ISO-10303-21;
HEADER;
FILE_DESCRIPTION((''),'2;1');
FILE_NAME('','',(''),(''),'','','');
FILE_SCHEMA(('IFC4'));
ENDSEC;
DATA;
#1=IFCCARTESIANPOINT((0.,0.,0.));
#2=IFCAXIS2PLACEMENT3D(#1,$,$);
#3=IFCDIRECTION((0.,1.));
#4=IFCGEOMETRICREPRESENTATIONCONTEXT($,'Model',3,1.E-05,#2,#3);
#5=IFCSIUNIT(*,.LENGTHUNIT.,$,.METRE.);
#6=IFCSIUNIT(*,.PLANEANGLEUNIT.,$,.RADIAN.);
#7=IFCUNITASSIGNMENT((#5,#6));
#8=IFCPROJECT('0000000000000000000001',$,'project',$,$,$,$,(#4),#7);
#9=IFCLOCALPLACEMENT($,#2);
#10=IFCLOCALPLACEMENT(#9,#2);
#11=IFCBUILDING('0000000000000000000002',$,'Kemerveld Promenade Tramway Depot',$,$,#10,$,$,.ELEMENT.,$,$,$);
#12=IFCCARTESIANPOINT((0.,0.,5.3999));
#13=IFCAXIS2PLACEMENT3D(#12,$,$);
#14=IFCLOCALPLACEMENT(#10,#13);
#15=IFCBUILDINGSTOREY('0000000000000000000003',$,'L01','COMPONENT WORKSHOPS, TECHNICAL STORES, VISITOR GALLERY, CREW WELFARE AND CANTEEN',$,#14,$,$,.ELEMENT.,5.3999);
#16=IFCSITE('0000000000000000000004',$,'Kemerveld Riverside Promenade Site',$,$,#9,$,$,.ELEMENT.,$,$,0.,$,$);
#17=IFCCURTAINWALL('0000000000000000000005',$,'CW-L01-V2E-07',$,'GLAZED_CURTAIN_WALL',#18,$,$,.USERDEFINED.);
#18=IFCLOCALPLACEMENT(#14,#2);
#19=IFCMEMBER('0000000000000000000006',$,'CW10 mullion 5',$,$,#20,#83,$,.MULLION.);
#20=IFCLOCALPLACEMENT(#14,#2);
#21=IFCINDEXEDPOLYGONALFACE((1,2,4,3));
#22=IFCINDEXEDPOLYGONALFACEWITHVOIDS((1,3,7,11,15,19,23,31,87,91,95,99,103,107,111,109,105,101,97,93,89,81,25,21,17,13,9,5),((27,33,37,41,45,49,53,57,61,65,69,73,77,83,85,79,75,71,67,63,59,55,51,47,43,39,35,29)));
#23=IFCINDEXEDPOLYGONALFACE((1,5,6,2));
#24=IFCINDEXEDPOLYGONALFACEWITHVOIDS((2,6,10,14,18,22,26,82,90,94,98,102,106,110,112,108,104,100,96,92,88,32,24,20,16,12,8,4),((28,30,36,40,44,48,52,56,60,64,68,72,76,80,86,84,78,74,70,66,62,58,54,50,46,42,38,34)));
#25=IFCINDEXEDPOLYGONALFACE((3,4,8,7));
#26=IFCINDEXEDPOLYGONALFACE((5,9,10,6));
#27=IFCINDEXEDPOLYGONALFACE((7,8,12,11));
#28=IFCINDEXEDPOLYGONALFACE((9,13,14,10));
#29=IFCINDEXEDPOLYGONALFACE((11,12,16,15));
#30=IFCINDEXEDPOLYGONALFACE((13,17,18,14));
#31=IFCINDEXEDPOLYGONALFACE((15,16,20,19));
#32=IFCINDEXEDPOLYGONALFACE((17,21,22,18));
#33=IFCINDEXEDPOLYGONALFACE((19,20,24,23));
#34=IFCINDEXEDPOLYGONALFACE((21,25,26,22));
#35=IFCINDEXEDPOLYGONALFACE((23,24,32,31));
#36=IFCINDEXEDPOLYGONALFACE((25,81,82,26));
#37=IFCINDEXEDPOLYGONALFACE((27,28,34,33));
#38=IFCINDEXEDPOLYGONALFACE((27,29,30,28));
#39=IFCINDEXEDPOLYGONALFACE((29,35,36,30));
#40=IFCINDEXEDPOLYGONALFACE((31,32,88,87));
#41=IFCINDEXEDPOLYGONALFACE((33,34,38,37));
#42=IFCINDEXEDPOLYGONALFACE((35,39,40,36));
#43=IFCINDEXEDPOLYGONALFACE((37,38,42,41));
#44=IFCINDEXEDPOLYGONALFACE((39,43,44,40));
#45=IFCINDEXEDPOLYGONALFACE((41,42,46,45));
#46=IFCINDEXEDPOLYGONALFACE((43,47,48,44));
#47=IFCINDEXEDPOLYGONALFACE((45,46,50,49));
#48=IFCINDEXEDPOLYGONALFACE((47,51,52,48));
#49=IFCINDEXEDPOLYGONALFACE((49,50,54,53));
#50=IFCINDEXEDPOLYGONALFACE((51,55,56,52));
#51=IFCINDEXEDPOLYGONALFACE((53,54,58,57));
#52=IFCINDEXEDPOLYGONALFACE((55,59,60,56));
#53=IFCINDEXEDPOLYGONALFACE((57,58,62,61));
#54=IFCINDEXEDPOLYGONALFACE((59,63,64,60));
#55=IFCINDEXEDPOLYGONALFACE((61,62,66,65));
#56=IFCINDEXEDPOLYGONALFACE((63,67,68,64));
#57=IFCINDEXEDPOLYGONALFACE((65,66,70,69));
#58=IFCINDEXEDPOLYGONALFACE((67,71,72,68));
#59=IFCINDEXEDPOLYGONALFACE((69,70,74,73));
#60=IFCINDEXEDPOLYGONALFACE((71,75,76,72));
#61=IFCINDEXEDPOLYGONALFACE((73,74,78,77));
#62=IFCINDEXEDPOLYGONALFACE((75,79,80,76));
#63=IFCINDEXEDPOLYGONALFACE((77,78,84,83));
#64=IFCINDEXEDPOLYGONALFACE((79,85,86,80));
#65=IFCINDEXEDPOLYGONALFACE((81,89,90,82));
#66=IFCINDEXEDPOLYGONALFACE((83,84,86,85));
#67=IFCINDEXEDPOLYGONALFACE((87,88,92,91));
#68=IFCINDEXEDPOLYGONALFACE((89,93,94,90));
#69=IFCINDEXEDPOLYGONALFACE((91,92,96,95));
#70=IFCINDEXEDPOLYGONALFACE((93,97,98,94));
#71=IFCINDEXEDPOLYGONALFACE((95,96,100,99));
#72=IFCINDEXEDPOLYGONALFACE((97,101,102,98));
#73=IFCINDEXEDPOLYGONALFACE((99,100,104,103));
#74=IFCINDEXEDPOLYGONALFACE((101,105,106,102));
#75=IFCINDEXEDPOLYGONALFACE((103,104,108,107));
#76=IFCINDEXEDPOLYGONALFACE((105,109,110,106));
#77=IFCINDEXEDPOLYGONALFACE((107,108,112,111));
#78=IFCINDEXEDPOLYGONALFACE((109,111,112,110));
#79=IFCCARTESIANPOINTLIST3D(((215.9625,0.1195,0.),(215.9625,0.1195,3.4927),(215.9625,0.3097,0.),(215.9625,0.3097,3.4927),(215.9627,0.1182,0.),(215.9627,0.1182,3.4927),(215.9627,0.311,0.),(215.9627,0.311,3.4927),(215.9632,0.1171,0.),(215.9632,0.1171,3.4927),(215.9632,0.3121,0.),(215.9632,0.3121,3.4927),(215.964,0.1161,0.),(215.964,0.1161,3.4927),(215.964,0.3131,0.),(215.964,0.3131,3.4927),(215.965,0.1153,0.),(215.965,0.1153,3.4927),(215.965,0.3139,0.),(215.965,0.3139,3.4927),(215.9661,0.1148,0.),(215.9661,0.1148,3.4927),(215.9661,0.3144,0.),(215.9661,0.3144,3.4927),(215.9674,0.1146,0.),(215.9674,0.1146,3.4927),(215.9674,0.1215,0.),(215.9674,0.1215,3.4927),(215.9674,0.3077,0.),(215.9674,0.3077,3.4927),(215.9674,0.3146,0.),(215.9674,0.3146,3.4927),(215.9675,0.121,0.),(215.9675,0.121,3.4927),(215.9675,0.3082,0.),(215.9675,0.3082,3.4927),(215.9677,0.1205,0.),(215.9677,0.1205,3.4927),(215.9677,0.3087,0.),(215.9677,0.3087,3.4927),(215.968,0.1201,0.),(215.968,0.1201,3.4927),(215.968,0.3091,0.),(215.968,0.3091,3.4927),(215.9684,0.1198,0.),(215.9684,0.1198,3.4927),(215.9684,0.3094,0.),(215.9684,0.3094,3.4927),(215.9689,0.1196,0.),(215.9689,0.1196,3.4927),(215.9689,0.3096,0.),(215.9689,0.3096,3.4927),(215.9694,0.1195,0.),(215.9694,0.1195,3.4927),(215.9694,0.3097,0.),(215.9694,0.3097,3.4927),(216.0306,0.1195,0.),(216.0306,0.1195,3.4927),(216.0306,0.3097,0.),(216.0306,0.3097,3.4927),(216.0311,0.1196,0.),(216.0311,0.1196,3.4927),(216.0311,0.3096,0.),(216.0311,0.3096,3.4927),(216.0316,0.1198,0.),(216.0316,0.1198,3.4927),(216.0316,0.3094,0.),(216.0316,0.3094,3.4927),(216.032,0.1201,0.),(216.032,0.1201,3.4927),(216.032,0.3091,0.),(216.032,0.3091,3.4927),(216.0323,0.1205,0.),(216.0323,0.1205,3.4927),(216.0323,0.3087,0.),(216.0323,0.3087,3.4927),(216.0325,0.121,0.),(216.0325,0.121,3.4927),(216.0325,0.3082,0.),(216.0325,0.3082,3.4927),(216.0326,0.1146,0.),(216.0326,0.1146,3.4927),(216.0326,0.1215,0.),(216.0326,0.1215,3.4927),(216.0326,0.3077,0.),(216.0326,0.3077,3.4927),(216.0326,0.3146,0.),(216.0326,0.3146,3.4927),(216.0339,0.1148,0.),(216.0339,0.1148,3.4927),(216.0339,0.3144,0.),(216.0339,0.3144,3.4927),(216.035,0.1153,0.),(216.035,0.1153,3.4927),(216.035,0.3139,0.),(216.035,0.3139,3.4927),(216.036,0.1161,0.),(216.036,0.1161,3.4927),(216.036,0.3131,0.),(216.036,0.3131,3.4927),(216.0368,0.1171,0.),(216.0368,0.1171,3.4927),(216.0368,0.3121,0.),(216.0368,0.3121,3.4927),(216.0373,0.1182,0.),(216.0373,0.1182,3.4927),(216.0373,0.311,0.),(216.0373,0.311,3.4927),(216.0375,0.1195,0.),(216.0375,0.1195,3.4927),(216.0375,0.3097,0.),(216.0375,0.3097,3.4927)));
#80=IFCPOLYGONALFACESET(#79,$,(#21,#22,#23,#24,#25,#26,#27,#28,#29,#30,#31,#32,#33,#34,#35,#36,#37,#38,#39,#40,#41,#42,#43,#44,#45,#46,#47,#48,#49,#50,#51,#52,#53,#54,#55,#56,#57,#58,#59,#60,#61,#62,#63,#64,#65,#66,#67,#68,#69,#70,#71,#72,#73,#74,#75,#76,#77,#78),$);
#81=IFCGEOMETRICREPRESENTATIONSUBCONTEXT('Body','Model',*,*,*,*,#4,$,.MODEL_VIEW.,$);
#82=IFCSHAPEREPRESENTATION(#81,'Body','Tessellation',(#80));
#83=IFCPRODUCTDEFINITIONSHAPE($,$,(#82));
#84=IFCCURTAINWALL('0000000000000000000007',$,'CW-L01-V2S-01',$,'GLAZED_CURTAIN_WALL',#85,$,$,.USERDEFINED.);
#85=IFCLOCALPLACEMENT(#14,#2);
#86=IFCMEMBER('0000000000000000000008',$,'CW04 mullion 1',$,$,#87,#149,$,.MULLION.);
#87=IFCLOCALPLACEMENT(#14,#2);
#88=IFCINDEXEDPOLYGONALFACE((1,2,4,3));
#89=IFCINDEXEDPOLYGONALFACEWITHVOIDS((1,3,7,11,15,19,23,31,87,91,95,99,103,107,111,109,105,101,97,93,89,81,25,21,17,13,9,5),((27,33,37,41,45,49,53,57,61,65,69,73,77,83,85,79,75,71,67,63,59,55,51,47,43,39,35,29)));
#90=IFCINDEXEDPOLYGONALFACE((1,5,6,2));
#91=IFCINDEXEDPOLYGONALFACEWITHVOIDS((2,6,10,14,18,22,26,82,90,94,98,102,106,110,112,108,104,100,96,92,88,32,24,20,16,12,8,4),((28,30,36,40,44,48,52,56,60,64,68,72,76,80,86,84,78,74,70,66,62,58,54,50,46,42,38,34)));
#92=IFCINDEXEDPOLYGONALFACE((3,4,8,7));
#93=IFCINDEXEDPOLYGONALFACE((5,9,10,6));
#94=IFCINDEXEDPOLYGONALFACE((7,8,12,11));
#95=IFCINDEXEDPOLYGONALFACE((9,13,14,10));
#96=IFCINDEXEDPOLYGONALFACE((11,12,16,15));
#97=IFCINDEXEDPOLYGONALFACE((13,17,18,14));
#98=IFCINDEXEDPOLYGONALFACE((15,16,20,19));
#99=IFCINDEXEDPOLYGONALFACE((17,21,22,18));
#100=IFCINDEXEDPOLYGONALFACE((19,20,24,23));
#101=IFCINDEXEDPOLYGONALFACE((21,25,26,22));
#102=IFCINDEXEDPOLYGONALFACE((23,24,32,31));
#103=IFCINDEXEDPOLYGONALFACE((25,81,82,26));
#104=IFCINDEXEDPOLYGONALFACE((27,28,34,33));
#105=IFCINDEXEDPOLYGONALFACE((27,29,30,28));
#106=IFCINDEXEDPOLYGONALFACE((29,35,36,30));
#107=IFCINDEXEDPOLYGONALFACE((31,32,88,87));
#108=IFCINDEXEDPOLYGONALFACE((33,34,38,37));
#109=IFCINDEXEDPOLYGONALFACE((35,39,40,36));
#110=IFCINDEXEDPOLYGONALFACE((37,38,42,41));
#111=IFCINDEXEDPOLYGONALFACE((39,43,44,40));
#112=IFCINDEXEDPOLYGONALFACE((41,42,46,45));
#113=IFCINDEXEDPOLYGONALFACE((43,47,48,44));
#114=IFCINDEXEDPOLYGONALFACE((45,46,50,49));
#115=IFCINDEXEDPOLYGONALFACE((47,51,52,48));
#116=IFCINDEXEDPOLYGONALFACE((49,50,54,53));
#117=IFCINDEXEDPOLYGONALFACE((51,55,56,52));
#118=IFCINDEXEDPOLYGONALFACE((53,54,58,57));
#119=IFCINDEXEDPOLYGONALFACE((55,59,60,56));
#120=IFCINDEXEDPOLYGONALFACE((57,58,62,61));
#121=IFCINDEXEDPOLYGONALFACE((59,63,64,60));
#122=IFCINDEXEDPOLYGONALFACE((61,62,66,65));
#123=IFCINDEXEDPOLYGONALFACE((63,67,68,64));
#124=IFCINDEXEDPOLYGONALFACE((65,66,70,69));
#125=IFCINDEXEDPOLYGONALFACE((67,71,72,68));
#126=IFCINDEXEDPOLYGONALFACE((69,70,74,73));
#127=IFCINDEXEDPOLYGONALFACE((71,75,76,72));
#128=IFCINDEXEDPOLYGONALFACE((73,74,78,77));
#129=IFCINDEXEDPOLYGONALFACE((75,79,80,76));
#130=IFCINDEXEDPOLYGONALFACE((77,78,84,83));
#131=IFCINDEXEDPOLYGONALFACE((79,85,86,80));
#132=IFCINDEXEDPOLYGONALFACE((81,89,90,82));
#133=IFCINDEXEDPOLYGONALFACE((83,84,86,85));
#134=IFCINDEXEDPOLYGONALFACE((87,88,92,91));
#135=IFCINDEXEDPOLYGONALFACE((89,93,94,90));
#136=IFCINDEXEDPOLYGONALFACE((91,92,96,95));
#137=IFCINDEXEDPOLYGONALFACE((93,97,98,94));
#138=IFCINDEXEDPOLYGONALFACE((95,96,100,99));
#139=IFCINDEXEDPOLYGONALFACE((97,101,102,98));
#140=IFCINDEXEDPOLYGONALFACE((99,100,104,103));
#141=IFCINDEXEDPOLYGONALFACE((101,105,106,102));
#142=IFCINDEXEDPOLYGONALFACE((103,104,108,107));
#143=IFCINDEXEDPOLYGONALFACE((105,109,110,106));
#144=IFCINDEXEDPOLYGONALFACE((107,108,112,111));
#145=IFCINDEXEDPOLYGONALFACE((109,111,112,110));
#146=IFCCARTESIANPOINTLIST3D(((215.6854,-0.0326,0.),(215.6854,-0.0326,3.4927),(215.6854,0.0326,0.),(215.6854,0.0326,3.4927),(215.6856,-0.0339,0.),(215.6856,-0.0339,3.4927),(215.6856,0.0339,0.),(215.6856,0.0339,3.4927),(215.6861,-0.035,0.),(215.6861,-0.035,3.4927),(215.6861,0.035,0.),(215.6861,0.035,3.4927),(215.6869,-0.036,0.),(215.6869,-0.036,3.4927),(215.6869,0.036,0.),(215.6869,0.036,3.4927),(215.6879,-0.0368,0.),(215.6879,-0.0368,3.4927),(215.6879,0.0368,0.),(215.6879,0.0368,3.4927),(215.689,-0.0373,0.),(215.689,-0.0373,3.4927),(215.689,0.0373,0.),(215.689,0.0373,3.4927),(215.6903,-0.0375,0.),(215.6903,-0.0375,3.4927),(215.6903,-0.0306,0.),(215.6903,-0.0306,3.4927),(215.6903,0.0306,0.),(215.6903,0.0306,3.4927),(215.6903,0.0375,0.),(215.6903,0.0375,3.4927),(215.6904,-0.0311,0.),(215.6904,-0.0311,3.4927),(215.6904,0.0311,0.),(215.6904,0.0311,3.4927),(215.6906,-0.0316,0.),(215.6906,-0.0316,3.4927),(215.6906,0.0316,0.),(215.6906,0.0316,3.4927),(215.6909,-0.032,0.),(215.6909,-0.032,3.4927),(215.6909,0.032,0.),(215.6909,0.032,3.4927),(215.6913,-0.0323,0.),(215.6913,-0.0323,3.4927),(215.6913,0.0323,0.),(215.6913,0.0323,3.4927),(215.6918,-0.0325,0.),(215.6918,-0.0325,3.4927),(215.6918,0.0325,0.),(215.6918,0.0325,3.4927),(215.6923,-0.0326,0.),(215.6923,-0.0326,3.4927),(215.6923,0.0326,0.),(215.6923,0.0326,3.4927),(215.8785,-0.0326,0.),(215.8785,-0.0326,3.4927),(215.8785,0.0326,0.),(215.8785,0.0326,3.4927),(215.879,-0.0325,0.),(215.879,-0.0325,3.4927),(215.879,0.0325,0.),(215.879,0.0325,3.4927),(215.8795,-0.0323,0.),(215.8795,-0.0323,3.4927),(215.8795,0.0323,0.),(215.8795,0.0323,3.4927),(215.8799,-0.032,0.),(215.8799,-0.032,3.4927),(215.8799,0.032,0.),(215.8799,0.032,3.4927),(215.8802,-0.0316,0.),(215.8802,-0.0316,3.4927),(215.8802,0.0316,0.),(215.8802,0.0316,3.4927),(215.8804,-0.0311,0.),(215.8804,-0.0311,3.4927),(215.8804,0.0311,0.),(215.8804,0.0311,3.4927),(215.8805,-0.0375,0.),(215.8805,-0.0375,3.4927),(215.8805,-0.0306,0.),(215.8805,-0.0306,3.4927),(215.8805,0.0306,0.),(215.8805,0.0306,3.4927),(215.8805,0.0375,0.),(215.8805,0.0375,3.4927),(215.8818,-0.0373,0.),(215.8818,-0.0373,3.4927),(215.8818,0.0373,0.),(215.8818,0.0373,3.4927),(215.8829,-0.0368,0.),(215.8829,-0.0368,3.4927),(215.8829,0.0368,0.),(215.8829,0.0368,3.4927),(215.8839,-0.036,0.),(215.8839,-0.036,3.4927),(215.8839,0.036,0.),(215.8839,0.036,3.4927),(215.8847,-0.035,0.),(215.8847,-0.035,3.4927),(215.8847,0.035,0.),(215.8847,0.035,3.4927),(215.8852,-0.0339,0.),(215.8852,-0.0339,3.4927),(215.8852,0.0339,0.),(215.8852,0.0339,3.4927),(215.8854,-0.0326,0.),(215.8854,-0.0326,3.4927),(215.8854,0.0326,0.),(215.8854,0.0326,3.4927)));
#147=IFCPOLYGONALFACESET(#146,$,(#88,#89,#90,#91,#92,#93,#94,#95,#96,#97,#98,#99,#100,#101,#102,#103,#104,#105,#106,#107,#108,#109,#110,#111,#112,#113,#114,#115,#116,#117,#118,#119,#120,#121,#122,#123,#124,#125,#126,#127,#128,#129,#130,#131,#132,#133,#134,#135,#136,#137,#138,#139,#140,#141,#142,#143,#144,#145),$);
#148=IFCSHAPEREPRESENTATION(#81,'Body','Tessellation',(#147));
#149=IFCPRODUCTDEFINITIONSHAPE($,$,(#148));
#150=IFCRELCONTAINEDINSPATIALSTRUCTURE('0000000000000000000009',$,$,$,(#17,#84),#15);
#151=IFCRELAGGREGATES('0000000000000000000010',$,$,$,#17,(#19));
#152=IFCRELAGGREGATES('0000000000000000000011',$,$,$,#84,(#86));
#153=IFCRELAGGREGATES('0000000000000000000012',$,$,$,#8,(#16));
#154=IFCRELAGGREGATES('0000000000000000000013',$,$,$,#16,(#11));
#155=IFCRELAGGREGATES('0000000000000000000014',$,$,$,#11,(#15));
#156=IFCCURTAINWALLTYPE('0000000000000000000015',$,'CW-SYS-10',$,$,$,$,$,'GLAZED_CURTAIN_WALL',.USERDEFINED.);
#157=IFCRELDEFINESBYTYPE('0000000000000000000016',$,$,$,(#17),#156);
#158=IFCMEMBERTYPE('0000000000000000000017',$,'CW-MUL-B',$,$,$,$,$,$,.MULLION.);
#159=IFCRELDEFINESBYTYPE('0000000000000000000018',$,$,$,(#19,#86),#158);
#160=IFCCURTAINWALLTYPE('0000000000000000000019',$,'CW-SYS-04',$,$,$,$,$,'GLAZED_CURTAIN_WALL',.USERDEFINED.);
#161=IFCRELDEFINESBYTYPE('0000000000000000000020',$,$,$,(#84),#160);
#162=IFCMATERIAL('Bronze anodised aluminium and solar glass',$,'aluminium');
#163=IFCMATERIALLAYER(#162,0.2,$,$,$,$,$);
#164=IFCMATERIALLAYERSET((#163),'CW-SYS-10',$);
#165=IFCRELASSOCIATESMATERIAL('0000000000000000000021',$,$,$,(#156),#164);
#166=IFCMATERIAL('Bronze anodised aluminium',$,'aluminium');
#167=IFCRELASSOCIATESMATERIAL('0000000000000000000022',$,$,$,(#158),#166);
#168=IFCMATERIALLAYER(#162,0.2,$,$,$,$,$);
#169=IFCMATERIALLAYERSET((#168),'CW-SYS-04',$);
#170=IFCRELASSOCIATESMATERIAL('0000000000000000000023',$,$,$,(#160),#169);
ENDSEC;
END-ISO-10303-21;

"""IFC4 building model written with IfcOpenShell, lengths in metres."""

from ifc_helpers import new_model, si_unit, direction, frame, origin, origin_2d, place, context, subcontext, project, spatial, hollow_rectangle, extrude, material, layer, layer_set, material_profile, profile_set, type_object, element, aggregate, save


model = new_model("IFC4")

# Units and contexts
model_context = context("Model", 3, precision=1e-05, world=origin(), true_north=direction((0.0, 1.0)))
body_context = subcontext(model_context, "Body", "Model", "MODEL_VIEW")
ifc_project = project(units=[si_unit("LENGTHUNIT", "METRE"), si_unit("PLANEANGLEUNIT", "RADIAN")], contexts=[model_context])

# Site, building, storey
site_placement = place(None, origin())
site = spatial("IfcSite", under=ifc_project, at=site_placement, Name="Kemerveld Riverside Promenade Site", CompositionType="ELEMENT", RefElevation=0.0)
building_placement = place(site_placement, origin())
building = spatial("IfcBuilding", under=site, at=building_placement, Name="Kemerveld Promenade Tramway Depot", CompositionType="ELEMENT")
storey_placement = place(building_placement, frame((0.0, 0.0, 5.3999)))
storey = spatial("IfcBuildingStorey", under=building, at=storey_placement, Name="L01", Description="COMPONENT WORKSHOPS, TECHNICAL STORES, VISITOR GALLERY, CREW WELFARE AND CANTEEN", CompositionType="ELEMENT", Elevation=5.3999)

# Curtain wall, member
ifc_material_1 = material(Name="Bronze anodised aluminium and solar glass", Category="aluminium")
ifc_layer_1 = layer(ifc_material_1, 0.2)
ifc_layer_set_1 = layer_set([ifc_layer_1], Name="CW-SYS-10")
curtain_wall_type_1 = type_object("IfcCurtainWallType", Name="CW-SYS-10", ElementType="GLAZED_CURTAIN_WALL", PredefinedType="USERDEFINED", material=ifc_layer_set_1)
curtain_wall_1_placement = place(storey_placement, origin())
curtain_wall_1 = element("IfcCurtainWall", 1, at=curtain_wall_1_placement, inside=storey, type_object=curtain_wall_type_1, Name="CW-L01-V2E-07", ObjectType="GLAZED_CURTAIN_WALL", PredefinedType="USERDEFINED")
ifc_material_2 = material(Name="Bronze anodised aluminium", Category="aluminium")
ifc_material_profile_1 = material_profile(ifc_material_2, hollow_rectangle(XDim=0.075, YDim=0.2, WallThickness=0.0049, InnerFilletRadius=0.002, OuterFilletRadius=0.0049, at=origin_2d()), Name="CW-MUL-200x75")
ifc_profile_set_1 = profile_set([ifc_material_profile_1], Name="Bronze anodised aluminium")
member_type_1 = type_object("IfcMemberType", Name="CW-MUL-B", PredefinedType="MULLION", material=ifc_profile_set_1)
member_1_placement = place(storey_placement, frame((216.0, 0.2146, 0.0), z_axis=(0.0, 0.0, 1.0), x_axis=(1.0, 0.0, 0.0)))
member_1 = element("IfcMember", 2, at=member_1_placement, type_object=member_type_1, Name="CW10 mullion 5", PredefinedType="MULLION", context=body_context, shape_type="SweptSolid", body=[
    extrude(hollow_rectangle(XDim=0.075, YDim=0.2, WallThickness=0.0049, InnerFilletRadius=0.002, OuterFilletRadius=0.0049, at=origin_2d()), origin(), (0.0, 0.0, 1.0), 3.4927),
])

# Curtain wall, member
ifc_layer_2 = layer(ifc_material_1, 0.2)
ifc_layer_set_2 = layer_set([ifc_layer_2], Name="CW-SYS-04")
curtain_wall_type_2 = type_object("IfcCurtainWallType", Name="CW-SYS-04", ElementType="GLAZED_CURTAIN_WALL", PredefinedType="USERDEFINED", material=ifc_layer_set_2)
curtain_wall_2_placement = place(storey_placement, origin())
curtain_wall_2 = element("IfcCurtainWall", 3, at=curtain_wall_2_placement, inside=storey, type_object=curtain_wall_type_2, Name="CW-L01-V2S-01", ObjectType="GLAZED_CURTAIN_WALL", PredefinedType="USERDEFINED")
member_2_placement = place(storey_placement, frame((215.7854, 0.0, 0.0), z_axis=(0.0, 0.0, 1.0), x_axis=(0.0, -1.0, 0.0)))
member_2 = element("IfcMember", 4, at=member_2_placement, type_object=member_type_1, Name="CW04 mullion 1", PredefinedType="MULLION", context=body_context, shape_type="SweptSolid", body=[
    extrude(hollow_rectangle(XDim=0.075, YDim=0.2, WallThickness=0.0049, InnerFilletRadius=0.002, OuterFilletRadius=0.0049, at=origin_2d()), origin(), (0.0, 0.0, 1.0), 3.4927),
])

aggregate(curtain_wall_1, [member_1])
aggregate(curtain_wall_2, [member_2])

save(model, "model.ifc")
